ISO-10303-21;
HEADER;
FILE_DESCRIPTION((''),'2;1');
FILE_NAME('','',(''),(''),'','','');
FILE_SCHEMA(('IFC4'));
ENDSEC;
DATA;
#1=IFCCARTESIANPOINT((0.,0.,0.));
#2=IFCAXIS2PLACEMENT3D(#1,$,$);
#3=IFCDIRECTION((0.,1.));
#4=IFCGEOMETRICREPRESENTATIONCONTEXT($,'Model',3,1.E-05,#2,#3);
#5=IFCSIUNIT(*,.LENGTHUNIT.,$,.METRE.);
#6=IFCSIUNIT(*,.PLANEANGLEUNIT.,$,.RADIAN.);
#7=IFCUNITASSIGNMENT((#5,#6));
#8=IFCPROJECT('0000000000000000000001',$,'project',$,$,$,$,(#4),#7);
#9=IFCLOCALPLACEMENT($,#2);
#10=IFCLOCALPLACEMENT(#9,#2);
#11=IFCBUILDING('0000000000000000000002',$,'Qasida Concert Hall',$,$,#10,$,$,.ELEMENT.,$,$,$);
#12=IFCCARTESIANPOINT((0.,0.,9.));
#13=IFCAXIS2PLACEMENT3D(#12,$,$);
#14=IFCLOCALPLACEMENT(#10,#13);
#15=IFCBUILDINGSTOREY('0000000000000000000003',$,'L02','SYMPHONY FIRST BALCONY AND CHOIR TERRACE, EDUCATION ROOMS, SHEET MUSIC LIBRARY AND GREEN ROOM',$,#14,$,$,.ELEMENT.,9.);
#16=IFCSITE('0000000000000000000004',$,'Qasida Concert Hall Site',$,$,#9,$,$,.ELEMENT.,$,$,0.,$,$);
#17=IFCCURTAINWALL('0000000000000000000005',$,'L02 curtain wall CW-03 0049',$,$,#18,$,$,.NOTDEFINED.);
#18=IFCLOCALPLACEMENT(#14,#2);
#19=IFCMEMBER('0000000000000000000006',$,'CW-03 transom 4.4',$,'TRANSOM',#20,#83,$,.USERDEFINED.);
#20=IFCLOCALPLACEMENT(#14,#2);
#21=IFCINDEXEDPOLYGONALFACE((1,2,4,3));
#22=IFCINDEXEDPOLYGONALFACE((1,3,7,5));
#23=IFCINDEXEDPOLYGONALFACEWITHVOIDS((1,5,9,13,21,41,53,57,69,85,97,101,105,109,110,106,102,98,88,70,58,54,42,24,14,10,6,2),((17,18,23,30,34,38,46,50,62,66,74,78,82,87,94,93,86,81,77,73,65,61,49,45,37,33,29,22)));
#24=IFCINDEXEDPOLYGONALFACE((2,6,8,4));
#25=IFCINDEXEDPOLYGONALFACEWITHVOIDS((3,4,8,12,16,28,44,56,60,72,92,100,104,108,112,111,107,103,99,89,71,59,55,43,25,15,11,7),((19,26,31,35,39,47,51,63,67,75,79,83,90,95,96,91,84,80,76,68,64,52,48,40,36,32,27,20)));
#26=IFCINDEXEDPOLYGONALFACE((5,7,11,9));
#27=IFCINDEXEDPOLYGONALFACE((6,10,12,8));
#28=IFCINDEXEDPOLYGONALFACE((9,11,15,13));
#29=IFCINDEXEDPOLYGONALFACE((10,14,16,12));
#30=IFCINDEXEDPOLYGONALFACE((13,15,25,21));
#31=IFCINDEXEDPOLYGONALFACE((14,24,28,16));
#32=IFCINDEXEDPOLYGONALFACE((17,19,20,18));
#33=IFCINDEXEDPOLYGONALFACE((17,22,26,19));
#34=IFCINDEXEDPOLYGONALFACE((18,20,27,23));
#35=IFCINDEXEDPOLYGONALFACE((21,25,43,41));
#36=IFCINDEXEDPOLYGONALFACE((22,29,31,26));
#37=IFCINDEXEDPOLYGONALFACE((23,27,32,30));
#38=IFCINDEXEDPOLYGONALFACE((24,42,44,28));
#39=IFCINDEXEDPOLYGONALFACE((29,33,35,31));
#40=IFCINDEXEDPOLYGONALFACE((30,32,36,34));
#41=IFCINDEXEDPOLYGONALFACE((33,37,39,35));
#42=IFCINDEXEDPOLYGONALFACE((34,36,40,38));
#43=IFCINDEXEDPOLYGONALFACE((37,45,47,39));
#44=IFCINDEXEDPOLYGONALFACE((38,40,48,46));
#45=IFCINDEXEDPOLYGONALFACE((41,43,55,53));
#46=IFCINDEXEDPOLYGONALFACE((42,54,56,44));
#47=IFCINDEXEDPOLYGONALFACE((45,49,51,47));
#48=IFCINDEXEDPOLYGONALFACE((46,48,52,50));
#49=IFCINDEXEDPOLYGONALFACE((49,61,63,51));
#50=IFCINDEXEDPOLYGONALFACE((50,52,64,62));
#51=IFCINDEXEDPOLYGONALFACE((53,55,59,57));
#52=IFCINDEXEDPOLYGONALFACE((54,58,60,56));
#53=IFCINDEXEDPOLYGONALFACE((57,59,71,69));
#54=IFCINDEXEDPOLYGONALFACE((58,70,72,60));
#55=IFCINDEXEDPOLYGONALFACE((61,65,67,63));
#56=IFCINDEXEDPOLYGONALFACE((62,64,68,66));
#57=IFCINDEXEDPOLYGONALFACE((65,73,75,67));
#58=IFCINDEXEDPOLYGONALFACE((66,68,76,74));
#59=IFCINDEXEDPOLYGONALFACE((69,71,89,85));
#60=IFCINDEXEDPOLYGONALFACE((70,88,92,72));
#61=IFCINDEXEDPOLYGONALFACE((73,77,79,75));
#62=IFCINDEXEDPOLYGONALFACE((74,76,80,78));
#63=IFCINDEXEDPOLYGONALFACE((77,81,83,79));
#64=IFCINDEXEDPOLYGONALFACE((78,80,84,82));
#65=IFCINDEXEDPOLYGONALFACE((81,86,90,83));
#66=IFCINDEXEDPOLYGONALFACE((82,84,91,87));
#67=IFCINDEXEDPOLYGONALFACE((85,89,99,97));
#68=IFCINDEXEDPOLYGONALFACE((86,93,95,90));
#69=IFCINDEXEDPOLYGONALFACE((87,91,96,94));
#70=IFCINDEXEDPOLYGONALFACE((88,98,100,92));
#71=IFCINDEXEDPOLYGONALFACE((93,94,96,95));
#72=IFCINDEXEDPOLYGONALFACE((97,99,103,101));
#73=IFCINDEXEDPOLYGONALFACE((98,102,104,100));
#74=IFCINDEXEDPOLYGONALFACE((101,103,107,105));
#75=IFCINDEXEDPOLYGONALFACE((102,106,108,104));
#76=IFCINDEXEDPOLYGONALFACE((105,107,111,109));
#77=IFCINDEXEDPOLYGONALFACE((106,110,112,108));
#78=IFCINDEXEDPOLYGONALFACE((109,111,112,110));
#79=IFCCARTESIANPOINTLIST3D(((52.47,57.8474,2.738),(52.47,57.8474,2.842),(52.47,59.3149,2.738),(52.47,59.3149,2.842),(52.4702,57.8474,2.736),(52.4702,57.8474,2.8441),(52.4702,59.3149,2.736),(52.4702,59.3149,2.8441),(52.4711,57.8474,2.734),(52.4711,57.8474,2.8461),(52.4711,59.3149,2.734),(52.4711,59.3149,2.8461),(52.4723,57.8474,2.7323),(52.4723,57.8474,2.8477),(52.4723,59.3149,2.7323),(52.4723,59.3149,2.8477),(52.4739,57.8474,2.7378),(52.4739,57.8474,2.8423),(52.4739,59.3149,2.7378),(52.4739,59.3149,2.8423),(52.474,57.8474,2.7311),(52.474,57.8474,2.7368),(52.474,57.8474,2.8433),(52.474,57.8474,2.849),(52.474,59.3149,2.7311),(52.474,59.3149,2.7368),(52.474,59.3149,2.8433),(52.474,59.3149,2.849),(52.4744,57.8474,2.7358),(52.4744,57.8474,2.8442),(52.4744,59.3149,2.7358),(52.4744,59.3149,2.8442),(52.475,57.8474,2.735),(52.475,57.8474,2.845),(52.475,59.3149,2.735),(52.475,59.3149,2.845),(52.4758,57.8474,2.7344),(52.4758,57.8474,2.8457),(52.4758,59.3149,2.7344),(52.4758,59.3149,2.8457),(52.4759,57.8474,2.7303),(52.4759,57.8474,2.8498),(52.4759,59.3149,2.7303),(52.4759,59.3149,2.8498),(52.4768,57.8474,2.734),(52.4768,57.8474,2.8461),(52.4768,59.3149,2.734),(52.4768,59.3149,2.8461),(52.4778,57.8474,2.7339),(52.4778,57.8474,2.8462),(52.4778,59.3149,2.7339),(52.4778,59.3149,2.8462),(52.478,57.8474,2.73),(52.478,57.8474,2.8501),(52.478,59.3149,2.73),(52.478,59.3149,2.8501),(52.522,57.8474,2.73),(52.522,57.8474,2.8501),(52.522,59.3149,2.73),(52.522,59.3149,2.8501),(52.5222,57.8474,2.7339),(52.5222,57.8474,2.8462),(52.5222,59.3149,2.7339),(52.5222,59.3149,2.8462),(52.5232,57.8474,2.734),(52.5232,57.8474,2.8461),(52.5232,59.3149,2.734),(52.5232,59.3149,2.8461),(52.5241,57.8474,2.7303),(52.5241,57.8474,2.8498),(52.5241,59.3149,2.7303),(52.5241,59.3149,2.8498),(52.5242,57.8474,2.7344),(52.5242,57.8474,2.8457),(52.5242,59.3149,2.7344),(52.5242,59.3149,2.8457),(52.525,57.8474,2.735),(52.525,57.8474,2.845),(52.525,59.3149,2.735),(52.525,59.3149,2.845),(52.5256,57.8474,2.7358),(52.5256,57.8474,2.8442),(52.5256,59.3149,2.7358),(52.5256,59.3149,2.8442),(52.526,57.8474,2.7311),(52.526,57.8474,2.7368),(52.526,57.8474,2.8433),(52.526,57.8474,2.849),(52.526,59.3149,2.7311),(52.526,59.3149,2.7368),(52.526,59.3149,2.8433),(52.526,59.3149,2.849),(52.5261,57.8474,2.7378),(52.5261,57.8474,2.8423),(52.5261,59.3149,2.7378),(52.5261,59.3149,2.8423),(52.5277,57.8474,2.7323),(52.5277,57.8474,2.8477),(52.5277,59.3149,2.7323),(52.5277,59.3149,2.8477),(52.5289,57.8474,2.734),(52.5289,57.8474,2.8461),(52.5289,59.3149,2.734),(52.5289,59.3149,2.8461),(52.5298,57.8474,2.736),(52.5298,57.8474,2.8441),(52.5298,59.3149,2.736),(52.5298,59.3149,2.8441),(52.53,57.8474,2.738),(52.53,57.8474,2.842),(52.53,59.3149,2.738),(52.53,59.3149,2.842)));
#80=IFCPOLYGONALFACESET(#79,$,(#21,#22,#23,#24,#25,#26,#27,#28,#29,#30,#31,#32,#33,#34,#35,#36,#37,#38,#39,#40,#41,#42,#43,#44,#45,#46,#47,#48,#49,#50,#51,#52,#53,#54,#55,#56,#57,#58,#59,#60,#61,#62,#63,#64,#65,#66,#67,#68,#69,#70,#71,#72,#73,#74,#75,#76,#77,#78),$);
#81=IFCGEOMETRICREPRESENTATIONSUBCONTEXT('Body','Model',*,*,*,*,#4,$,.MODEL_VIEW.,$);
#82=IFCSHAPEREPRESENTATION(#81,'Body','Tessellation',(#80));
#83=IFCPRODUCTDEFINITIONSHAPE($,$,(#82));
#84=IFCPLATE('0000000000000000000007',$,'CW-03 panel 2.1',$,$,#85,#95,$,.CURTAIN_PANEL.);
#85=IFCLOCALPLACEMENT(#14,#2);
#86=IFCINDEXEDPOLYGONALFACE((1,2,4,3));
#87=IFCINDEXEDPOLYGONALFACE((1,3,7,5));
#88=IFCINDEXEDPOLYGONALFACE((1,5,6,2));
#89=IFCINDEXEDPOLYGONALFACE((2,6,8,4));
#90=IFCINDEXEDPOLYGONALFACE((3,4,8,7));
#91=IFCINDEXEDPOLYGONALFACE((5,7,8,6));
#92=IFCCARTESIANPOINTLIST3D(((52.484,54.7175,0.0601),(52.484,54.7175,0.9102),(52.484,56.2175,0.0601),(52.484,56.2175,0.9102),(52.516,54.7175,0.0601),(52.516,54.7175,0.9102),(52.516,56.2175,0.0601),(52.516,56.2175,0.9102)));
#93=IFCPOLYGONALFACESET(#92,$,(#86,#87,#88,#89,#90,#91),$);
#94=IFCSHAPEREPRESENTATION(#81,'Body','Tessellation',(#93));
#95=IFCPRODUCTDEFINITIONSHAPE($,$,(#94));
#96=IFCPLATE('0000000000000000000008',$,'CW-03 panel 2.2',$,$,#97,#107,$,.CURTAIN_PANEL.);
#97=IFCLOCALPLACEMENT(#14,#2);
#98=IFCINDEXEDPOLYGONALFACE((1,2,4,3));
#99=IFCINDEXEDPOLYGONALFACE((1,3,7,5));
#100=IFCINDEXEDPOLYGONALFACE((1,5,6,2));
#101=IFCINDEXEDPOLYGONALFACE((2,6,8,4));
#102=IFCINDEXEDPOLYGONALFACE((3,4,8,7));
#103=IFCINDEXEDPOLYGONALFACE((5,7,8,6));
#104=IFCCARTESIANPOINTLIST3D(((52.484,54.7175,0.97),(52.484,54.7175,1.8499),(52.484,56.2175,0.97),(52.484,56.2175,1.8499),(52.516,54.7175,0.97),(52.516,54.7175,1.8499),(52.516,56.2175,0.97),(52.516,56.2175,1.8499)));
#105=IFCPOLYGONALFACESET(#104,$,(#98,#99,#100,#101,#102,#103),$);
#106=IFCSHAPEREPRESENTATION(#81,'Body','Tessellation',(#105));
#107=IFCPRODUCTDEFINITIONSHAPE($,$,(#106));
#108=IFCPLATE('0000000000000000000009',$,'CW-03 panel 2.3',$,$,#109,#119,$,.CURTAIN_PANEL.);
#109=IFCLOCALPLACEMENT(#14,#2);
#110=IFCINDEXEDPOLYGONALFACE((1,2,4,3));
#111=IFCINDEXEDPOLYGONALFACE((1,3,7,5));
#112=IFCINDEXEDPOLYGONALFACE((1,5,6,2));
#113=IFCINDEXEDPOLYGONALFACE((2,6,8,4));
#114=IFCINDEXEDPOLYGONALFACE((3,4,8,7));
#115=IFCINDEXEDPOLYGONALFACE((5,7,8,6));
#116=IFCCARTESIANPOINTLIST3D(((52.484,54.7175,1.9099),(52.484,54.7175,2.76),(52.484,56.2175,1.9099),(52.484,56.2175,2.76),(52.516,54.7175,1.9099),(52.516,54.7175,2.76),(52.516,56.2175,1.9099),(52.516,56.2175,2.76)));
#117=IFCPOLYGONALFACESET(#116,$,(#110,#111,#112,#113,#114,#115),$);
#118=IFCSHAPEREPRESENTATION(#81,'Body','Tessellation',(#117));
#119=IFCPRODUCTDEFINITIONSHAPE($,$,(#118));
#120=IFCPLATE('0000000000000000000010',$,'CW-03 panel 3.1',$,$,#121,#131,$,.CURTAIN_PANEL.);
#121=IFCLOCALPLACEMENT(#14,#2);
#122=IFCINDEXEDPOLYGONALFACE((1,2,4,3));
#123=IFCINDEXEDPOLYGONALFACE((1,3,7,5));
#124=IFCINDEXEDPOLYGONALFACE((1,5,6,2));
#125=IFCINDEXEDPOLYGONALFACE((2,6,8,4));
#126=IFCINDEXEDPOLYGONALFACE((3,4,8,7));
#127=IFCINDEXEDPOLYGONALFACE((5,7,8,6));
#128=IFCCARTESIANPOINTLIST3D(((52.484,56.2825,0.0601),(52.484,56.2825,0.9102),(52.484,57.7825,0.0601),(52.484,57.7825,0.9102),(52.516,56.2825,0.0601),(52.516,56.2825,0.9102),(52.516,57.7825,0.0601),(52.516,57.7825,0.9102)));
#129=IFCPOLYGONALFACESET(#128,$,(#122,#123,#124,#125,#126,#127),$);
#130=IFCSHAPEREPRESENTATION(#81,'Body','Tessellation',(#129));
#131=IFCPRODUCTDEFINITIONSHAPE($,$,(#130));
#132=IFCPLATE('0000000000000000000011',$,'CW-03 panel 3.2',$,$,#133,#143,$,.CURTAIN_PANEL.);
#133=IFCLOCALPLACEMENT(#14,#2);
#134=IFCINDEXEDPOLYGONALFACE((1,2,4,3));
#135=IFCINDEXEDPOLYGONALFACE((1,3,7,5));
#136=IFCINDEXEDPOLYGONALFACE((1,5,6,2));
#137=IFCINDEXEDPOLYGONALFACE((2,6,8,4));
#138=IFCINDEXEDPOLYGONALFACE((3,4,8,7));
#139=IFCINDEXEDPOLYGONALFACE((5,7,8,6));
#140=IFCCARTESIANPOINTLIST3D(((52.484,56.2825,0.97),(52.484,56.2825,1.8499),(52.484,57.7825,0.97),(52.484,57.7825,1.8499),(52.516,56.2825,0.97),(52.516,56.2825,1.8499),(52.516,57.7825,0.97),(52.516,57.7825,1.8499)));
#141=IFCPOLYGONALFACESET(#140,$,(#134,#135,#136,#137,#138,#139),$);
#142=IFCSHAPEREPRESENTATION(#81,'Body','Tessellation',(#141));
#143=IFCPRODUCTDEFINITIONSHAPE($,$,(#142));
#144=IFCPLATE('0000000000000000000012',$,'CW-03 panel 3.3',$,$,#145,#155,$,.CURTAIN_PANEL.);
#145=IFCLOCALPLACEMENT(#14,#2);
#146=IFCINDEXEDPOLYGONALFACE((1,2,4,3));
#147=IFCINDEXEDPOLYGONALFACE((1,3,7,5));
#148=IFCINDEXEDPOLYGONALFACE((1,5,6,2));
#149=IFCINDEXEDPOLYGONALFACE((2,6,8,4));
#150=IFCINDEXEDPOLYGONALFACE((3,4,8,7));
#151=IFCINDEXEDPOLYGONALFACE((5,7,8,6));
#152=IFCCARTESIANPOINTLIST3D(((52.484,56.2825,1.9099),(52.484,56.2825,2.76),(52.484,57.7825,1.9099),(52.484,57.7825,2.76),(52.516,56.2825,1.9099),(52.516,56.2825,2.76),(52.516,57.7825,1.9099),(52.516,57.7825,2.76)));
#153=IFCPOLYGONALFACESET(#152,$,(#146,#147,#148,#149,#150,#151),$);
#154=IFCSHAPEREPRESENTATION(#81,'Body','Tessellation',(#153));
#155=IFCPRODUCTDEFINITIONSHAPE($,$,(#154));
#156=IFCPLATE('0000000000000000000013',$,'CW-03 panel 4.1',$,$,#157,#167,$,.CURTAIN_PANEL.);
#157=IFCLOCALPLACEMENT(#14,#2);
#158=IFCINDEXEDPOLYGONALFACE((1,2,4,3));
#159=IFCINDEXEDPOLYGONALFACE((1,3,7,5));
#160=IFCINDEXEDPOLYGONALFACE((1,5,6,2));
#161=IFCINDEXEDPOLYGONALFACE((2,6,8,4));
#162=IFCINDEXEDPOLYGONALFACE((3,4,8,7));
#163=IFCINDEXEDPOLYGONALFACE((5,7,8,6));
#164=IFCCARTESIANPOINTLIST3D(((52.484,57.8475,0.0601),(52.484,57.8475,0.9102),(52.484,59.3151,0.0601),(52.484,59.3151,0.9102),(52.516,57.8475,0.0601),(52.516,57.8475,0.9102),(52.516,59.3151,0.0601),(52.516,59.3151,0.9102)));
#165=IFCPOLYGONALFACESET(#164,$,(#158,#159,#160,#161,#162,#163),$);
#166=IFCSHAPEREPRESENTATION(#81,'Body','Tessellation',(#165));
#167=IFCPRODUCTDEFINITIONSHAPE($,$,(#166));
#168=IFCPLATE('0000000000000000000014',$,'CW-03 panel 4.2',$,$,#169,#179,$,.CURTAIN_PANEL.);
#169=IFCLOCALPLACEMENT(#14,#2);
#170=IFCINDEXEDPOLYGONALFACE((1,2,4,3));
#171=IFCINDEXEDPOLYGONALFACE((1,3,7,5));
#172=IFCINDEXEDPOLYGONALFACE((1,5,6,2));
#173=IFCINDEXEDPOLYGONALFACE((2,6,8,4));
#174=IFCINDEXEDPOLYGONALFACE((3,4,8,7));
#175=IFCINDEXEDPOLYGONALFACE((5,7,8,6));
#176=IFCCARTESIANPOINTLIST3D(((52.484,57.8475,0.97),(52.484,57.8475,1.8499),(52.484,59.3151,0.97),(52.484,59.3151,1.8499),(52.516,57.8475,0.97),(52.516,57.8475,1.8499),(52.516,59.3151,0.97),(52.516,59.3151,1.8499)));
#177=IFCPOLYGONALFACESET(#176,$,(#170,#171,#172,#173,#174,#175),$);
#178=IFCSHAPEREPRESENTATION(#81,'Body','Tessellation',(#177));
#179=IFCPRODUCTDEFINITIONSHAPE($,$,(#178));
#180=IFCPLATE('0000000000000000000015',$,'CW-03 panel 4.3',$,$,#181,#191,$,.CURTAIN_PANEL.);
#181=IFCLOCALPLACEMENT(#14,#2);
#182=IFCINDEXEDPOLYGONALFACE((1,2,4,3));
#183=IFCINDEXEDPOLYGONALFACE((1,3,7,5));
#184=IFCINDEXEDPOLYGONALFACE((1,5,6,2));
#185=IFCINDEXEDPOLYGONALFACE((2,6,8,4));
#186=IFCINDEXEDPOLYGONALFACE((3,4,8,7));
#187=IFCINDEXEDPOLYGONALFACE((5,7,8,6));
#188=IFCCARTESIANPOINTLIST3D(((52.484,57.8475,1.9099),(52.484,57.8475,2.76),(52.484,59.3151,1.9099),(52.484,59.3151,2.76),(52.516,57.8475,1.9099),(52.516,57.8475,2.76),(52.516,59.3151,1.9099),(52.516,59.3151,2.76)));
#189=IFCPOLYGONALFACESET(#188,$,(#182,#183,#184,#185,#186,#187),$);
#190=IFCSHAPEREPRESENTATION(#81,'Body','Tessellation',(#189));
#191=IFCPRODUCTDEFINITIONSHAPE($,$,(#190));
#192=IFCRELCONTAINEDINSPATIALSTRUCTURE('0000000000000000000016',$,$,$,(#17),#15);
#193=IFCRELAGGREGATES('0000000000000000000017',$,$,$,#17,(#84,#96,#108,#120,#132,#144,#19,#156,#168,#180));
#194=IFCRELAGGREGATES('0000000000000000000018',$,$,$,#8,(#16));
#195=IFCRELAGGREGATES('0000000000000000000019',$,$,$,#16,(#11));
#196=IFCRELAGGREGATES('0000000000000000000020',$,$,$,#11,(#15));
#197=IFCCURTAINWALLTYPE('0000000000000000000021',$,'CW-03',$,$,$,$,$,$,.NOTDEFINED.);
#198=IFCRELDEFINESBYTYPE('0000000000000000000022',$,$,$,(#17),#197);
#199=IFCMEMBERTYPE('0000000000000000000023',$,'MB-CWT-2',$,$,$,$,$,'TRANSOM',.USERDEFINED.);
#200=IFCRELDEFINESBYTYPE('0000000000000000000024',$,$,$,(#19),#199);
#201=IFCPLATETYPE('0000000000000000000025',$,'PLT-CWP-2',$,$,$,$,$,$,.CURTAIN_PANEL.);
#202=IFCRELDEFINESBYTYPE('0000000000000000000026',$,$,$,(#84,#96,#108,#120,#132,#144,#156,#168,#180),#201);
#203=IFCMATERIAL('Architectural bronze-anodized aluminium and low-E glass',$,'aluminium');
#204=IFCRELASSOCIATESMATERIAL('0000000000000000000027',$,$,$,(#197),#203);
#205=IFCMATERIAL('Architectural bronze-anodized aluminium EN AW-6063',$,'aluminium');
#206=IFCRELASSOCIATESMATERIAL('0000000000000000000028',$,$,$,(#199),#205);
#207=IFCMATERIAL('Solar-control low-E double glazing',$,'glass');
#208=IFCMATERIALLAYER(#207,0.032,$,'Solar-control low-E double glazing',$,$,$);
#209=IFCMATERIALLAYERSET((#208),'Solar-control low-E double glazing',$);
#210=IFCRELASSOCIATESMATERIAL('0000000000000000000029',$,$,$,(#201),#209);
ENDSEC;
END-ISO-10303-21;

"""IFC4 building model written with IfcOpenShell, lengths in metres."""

from ifc_helpers import new_model, si_unit, direction, frame, origin, origin_2d, place, context, subcontext, project, spatial, rectangle, hollow_rectangle, extrude, material, layer, layer_set, material_profile, profile_set, type_object, element, aggregate, save


model = new_model("IFC4")

# Units and contexts
model_context = context("Model", 3, precision=1e-05, world=origin(), true_north=direction((0.0, 1.0)))
body_context = subcontext(model_context, "Body", "Model", "MODEL_VIEW")
ifc_project = project(units=[si_unit("LENGTHUNIT", "METRE"), si_unit("PLANEANGLEUNIT", "RADIAN")], contexts=[model_context])

# Site, building, storey
site_placement = place(None, origin())
site = spatial("IfcSite", under=ifc_project, at=site_placement, Name="Qasida Concert Hall Site", CompositionType="ELEMENT", RefElevation=0.0)
building_placement = place(site_placement, origin())
building = spatial("IfcBuilding", under=site, at=building_placement, Name="Qasida Concert Hall", CompositionType="ELEMENT")
storey_placement = place(building_placement, frame((0.0, 0.0, 9.0)))
storey = spatial("IfcBuildingStorey", under=building, at=storey_placement, Name="L02", Description="SYMPHONY FIRST BALCONY AND CHOIR TERRACE, EDUCATION ROOMS, SHEET MUSIC LIBRARY AND GREEN ROOM", CompositionType="ELEMENT", Elevation=9.0)

# Curtain wall, member, plates
ifc_material_1 = material(Name="Architectural bronze-anodized aluminium and low-E glass", Category="aluminium")
curtain_wall_type = type_object("IfcCurtainWallType", Name="CW-03", PredefinedType="NOTDEFINED", material=ifc_material_1)
curtain_wall_placement = place(storey_placement, origin())
curtain_wall = element("IfcCurtainWall", 1, at=curtain_wall_placement, inside=storey, type_object=curtain_wall_type, Name="L02 curtain wall CW-03 0049", PredefinedType="NOTDEFINED")
ifc_material_2 = material(Name="Architectural bronze-anodized aluminium EN AW-6063", Category="aluminium")
ifc_material_profile = material_profile(ifc_material_2, hollow_rectangle(XDim=0.0601, YDim=0.1201, WallThickness=0.0039, InnerFilletRadius=0.0039, OuterFilletRadius=0.0081, at=origin_2d()), Name="CWT 120x60x4")
ifc_profile_set = profile_set([ifc_material_profile], Name="Architectural bronze-anodized aluminium EN AW-6063")
member_type = type_object("IfcMemberType", Name="MB-CWT-2", ElementType="TRANSOM", PredefinedType="USERDEFINED", material=ifc_profile_set)
member_1_placement = place(storey_placement, frame((52.5, 57.8474, 2.79), z_axis=(0.0, 1.0, 0.0), x_axis=(-1.0, 0.0, 0.0)))
member_1 = element("IfcMember", 2, at=member_1_placement, type_object=member_type, Name="CW-03 transom 4.4", ObjectType="TRANSOM", PredefinedType="USERDEFINED", context=body_context, shape_type="SweptSolid", body=[
    extrude(hollow_rectangle(XDim=0.0601, YDim=0.1201, WallThickness=0.0039, InnerFilletRadius=0.0039, OuterFilletRadius=0.0081, at=origin_2d()), origin(), (0.0, 0.0, 1.0), 1.4675),
])
ifc_material_3 = material(Name="Solar-control low-E double glazing", Category="glass")
ifc_layer_1 = layer(ifc_material_3, 0.032, Name="Solar-control low-E double glazing")
ifc_layer_set_1 = layer_set([ifc_layer_1], Name="Solar-control low-E double glazing")
plate_type = type_object("IfcPlateType", Name="PLT-CWP-2", PredefinedType="CURTAIN_PANEL", material=ifc_layer_set_1)
plate_1_placement = place(storey_placement, frame((52.5, 55.4675, 0.0601), z_axis=(0.0, 0.0, 1.0), x_axis=(0.0, 1.0, 0.0)))
plate_1 = element("IfcPlate", 3, at=plate_1_placement, type_object=plate_type, Name="CW-03 panel 2.1", PredefinedType="CURTAIN_PANEL", context=body_context, shape_type="SweptSolid", body=[
    extrude(rectangle(XDim=1.5, YDim=0.032, at=origin_2d()), origin(), (0.0, 0.0, 1.0), 0.8501),
])
plate_2_placement = place(storey_placement, frame((52.5, 55.4675, 0.97), z_axis=(0.0, 0.0, 1.0), x_axis=(0.0, 1.0, 0.0)))
plate_2 = element("IfcPlate", 4, at=plate_2_placement, type_object=plate_type, Name="CW-03 panel 2.2", PredefinedType="CURTAIN_PANEL", context=body_context, shape_type="SweptSolid", body=[
    extrude(rectangle(XDim=1.5, YDim=0.032, at=origin_2d()), origin(), (0.0, 0.0, 1.0), 0.8799),
])
plate_3_placement = place(storey_placement, frame((52.5, 55.4675, 1.9099), z_axis=(0.0, 0.0, 1.0), x_axis=(0.0, 1.0, 0.0)))
plate_3 = element("IfcPlate", 5, at=plate_3_placement, type_object=plate_type, Name="CW-03 panel 2.3", PredefinedType="CURTAIN_PANEL", context=body_context, shape_type="SweptSolid", body=[
    extrude(rectangle(XDim=1.5, YDim=0.032, at=origin_2d()), origin(), (0.0, 0.0, 1.0), 0.8501),
])
plate_4_placement = place(storey_placement, frame((52.5, 57.0325, 0.0601), z_axis=(0.0, 0.0, 1.0), x_axis=(0.0, 1.0, 0.0)))
plate_4 = element("IfcPlate", 6, at=plate_4_placement, type_object=plate_type, Name="CW-03 panel 3.1", PredefinedType="CURTAIN_PANEL", context=body_context, shape_type="SweptSolid", body=[
    extrude(rectangle(XDim=1.5, YDim=0.032, at=origin_2d()), origin(), (0.0, 0.0, 1.0), 0.8501),
])
plate_5_placement = place(storey_placement, frame((52.5, 57.0325, 0.97), z_axis=(0.0, 0.0, 1.0), x_axis=(0.0, 1.0, 0.0)))
plate_5 = element("IfcPlate", 7, at=plate_5_placement, type_object=plate_type, Name="CW-03 panel 3.2", PredefinedType="CURTAIN_PANEL", context=body_context, shape_type="SweptSolid", body=[
    extrude(rectangle(XDim=1.5, YDim=0.032, at=origin_2d()), origin(), (0.0, 0.0, 1.0), 0.8799),
])
plate_6_placement = place(storey_placement, frame((52.5, 57.0325, 1.9099), z_axis=(0.0, 0.0, 1.0), x_axis=(0.0, 1.0, 0.0)))
plate_6 = element("IfcPlate", 8, at=plate_6_placement, type_object=plate_type, Name="CW-03 panel 3.3", PredefinedType="CURTAIN_PANEL", context=body_context, shape_type="SweptSolid", body=[
    extrude(rectangle(XDim=1.5, YDim=0.032, at=origin_2d()), origin(), (0.0, 0.0, 1.0), 0.8501),
])
plate_7_placement = place(storey_placement, frame((52.5, 58.5813, 0.0601), z_axis=(0.0, 0.0, 1.0), x_axis=(0.0, 1.0, 0.0)))
plate_7 = element("IfcPlate", 9, at=plate_7_placement, type_object=plate_type, Name="CW-03 panel 4.1", PredefinedType="CURTAIN_PANEL", context=body_context, shape_type="SweptSolid", body=[
    extrude(rectangle(XDim=1.4675, YDim=0.032, at=origin_2d()), origin(), (0.0, 0.0, 1.0), 0.8501),
])
plate_8_placement = place(storey_placement, frame((52.5, 58.5813, 0.97), z_axis=(0.0, 0.0, 1.0), x_axis=(0.0, 1.0, 0.0)))
plate_8 = element("IfcPlate", 10, at=plate_8_placement, type_object=plate_type, Name="CW-03 panel 4.2", PredefinedType="CURTAIN_PANEL", context=body_context, shape_type="SweptSolid", body=[
    extrude(rectangle(XDim=1.4675, YDim=0.032, at=origin_2d()), origin(), (0.0, 0.0, 1.0), 0.8799),
])
plate_9_placement = place(storey_placement, frame((52.5, 58.5813, 1.9099), z_axis=(0.0, 0.0, 1.0), x_axis=(0.0, 1.0, 0.0)))
plate_9 = element("IfcPlate", 11, at=plate_9_placement, type_object=plate_type, Name="CW-03 panel 4.3", PredefinedType="CURTAIN_PANEL", context=body_context, shape_type="SweptSolid", body=[
    extrude(rectangle(XDim=1.4675, YDim=0.032, at=origin_2d()), origin(), (0.0, 0.0, 1.0), 0.8501),
])
aggregate(curtain_wall, [plate_1, plate_2, plate_3, plate_4, plate_5, plate_6, member_1, plate_7, plate_8, plate_9])

save(model, "model.ifc")
